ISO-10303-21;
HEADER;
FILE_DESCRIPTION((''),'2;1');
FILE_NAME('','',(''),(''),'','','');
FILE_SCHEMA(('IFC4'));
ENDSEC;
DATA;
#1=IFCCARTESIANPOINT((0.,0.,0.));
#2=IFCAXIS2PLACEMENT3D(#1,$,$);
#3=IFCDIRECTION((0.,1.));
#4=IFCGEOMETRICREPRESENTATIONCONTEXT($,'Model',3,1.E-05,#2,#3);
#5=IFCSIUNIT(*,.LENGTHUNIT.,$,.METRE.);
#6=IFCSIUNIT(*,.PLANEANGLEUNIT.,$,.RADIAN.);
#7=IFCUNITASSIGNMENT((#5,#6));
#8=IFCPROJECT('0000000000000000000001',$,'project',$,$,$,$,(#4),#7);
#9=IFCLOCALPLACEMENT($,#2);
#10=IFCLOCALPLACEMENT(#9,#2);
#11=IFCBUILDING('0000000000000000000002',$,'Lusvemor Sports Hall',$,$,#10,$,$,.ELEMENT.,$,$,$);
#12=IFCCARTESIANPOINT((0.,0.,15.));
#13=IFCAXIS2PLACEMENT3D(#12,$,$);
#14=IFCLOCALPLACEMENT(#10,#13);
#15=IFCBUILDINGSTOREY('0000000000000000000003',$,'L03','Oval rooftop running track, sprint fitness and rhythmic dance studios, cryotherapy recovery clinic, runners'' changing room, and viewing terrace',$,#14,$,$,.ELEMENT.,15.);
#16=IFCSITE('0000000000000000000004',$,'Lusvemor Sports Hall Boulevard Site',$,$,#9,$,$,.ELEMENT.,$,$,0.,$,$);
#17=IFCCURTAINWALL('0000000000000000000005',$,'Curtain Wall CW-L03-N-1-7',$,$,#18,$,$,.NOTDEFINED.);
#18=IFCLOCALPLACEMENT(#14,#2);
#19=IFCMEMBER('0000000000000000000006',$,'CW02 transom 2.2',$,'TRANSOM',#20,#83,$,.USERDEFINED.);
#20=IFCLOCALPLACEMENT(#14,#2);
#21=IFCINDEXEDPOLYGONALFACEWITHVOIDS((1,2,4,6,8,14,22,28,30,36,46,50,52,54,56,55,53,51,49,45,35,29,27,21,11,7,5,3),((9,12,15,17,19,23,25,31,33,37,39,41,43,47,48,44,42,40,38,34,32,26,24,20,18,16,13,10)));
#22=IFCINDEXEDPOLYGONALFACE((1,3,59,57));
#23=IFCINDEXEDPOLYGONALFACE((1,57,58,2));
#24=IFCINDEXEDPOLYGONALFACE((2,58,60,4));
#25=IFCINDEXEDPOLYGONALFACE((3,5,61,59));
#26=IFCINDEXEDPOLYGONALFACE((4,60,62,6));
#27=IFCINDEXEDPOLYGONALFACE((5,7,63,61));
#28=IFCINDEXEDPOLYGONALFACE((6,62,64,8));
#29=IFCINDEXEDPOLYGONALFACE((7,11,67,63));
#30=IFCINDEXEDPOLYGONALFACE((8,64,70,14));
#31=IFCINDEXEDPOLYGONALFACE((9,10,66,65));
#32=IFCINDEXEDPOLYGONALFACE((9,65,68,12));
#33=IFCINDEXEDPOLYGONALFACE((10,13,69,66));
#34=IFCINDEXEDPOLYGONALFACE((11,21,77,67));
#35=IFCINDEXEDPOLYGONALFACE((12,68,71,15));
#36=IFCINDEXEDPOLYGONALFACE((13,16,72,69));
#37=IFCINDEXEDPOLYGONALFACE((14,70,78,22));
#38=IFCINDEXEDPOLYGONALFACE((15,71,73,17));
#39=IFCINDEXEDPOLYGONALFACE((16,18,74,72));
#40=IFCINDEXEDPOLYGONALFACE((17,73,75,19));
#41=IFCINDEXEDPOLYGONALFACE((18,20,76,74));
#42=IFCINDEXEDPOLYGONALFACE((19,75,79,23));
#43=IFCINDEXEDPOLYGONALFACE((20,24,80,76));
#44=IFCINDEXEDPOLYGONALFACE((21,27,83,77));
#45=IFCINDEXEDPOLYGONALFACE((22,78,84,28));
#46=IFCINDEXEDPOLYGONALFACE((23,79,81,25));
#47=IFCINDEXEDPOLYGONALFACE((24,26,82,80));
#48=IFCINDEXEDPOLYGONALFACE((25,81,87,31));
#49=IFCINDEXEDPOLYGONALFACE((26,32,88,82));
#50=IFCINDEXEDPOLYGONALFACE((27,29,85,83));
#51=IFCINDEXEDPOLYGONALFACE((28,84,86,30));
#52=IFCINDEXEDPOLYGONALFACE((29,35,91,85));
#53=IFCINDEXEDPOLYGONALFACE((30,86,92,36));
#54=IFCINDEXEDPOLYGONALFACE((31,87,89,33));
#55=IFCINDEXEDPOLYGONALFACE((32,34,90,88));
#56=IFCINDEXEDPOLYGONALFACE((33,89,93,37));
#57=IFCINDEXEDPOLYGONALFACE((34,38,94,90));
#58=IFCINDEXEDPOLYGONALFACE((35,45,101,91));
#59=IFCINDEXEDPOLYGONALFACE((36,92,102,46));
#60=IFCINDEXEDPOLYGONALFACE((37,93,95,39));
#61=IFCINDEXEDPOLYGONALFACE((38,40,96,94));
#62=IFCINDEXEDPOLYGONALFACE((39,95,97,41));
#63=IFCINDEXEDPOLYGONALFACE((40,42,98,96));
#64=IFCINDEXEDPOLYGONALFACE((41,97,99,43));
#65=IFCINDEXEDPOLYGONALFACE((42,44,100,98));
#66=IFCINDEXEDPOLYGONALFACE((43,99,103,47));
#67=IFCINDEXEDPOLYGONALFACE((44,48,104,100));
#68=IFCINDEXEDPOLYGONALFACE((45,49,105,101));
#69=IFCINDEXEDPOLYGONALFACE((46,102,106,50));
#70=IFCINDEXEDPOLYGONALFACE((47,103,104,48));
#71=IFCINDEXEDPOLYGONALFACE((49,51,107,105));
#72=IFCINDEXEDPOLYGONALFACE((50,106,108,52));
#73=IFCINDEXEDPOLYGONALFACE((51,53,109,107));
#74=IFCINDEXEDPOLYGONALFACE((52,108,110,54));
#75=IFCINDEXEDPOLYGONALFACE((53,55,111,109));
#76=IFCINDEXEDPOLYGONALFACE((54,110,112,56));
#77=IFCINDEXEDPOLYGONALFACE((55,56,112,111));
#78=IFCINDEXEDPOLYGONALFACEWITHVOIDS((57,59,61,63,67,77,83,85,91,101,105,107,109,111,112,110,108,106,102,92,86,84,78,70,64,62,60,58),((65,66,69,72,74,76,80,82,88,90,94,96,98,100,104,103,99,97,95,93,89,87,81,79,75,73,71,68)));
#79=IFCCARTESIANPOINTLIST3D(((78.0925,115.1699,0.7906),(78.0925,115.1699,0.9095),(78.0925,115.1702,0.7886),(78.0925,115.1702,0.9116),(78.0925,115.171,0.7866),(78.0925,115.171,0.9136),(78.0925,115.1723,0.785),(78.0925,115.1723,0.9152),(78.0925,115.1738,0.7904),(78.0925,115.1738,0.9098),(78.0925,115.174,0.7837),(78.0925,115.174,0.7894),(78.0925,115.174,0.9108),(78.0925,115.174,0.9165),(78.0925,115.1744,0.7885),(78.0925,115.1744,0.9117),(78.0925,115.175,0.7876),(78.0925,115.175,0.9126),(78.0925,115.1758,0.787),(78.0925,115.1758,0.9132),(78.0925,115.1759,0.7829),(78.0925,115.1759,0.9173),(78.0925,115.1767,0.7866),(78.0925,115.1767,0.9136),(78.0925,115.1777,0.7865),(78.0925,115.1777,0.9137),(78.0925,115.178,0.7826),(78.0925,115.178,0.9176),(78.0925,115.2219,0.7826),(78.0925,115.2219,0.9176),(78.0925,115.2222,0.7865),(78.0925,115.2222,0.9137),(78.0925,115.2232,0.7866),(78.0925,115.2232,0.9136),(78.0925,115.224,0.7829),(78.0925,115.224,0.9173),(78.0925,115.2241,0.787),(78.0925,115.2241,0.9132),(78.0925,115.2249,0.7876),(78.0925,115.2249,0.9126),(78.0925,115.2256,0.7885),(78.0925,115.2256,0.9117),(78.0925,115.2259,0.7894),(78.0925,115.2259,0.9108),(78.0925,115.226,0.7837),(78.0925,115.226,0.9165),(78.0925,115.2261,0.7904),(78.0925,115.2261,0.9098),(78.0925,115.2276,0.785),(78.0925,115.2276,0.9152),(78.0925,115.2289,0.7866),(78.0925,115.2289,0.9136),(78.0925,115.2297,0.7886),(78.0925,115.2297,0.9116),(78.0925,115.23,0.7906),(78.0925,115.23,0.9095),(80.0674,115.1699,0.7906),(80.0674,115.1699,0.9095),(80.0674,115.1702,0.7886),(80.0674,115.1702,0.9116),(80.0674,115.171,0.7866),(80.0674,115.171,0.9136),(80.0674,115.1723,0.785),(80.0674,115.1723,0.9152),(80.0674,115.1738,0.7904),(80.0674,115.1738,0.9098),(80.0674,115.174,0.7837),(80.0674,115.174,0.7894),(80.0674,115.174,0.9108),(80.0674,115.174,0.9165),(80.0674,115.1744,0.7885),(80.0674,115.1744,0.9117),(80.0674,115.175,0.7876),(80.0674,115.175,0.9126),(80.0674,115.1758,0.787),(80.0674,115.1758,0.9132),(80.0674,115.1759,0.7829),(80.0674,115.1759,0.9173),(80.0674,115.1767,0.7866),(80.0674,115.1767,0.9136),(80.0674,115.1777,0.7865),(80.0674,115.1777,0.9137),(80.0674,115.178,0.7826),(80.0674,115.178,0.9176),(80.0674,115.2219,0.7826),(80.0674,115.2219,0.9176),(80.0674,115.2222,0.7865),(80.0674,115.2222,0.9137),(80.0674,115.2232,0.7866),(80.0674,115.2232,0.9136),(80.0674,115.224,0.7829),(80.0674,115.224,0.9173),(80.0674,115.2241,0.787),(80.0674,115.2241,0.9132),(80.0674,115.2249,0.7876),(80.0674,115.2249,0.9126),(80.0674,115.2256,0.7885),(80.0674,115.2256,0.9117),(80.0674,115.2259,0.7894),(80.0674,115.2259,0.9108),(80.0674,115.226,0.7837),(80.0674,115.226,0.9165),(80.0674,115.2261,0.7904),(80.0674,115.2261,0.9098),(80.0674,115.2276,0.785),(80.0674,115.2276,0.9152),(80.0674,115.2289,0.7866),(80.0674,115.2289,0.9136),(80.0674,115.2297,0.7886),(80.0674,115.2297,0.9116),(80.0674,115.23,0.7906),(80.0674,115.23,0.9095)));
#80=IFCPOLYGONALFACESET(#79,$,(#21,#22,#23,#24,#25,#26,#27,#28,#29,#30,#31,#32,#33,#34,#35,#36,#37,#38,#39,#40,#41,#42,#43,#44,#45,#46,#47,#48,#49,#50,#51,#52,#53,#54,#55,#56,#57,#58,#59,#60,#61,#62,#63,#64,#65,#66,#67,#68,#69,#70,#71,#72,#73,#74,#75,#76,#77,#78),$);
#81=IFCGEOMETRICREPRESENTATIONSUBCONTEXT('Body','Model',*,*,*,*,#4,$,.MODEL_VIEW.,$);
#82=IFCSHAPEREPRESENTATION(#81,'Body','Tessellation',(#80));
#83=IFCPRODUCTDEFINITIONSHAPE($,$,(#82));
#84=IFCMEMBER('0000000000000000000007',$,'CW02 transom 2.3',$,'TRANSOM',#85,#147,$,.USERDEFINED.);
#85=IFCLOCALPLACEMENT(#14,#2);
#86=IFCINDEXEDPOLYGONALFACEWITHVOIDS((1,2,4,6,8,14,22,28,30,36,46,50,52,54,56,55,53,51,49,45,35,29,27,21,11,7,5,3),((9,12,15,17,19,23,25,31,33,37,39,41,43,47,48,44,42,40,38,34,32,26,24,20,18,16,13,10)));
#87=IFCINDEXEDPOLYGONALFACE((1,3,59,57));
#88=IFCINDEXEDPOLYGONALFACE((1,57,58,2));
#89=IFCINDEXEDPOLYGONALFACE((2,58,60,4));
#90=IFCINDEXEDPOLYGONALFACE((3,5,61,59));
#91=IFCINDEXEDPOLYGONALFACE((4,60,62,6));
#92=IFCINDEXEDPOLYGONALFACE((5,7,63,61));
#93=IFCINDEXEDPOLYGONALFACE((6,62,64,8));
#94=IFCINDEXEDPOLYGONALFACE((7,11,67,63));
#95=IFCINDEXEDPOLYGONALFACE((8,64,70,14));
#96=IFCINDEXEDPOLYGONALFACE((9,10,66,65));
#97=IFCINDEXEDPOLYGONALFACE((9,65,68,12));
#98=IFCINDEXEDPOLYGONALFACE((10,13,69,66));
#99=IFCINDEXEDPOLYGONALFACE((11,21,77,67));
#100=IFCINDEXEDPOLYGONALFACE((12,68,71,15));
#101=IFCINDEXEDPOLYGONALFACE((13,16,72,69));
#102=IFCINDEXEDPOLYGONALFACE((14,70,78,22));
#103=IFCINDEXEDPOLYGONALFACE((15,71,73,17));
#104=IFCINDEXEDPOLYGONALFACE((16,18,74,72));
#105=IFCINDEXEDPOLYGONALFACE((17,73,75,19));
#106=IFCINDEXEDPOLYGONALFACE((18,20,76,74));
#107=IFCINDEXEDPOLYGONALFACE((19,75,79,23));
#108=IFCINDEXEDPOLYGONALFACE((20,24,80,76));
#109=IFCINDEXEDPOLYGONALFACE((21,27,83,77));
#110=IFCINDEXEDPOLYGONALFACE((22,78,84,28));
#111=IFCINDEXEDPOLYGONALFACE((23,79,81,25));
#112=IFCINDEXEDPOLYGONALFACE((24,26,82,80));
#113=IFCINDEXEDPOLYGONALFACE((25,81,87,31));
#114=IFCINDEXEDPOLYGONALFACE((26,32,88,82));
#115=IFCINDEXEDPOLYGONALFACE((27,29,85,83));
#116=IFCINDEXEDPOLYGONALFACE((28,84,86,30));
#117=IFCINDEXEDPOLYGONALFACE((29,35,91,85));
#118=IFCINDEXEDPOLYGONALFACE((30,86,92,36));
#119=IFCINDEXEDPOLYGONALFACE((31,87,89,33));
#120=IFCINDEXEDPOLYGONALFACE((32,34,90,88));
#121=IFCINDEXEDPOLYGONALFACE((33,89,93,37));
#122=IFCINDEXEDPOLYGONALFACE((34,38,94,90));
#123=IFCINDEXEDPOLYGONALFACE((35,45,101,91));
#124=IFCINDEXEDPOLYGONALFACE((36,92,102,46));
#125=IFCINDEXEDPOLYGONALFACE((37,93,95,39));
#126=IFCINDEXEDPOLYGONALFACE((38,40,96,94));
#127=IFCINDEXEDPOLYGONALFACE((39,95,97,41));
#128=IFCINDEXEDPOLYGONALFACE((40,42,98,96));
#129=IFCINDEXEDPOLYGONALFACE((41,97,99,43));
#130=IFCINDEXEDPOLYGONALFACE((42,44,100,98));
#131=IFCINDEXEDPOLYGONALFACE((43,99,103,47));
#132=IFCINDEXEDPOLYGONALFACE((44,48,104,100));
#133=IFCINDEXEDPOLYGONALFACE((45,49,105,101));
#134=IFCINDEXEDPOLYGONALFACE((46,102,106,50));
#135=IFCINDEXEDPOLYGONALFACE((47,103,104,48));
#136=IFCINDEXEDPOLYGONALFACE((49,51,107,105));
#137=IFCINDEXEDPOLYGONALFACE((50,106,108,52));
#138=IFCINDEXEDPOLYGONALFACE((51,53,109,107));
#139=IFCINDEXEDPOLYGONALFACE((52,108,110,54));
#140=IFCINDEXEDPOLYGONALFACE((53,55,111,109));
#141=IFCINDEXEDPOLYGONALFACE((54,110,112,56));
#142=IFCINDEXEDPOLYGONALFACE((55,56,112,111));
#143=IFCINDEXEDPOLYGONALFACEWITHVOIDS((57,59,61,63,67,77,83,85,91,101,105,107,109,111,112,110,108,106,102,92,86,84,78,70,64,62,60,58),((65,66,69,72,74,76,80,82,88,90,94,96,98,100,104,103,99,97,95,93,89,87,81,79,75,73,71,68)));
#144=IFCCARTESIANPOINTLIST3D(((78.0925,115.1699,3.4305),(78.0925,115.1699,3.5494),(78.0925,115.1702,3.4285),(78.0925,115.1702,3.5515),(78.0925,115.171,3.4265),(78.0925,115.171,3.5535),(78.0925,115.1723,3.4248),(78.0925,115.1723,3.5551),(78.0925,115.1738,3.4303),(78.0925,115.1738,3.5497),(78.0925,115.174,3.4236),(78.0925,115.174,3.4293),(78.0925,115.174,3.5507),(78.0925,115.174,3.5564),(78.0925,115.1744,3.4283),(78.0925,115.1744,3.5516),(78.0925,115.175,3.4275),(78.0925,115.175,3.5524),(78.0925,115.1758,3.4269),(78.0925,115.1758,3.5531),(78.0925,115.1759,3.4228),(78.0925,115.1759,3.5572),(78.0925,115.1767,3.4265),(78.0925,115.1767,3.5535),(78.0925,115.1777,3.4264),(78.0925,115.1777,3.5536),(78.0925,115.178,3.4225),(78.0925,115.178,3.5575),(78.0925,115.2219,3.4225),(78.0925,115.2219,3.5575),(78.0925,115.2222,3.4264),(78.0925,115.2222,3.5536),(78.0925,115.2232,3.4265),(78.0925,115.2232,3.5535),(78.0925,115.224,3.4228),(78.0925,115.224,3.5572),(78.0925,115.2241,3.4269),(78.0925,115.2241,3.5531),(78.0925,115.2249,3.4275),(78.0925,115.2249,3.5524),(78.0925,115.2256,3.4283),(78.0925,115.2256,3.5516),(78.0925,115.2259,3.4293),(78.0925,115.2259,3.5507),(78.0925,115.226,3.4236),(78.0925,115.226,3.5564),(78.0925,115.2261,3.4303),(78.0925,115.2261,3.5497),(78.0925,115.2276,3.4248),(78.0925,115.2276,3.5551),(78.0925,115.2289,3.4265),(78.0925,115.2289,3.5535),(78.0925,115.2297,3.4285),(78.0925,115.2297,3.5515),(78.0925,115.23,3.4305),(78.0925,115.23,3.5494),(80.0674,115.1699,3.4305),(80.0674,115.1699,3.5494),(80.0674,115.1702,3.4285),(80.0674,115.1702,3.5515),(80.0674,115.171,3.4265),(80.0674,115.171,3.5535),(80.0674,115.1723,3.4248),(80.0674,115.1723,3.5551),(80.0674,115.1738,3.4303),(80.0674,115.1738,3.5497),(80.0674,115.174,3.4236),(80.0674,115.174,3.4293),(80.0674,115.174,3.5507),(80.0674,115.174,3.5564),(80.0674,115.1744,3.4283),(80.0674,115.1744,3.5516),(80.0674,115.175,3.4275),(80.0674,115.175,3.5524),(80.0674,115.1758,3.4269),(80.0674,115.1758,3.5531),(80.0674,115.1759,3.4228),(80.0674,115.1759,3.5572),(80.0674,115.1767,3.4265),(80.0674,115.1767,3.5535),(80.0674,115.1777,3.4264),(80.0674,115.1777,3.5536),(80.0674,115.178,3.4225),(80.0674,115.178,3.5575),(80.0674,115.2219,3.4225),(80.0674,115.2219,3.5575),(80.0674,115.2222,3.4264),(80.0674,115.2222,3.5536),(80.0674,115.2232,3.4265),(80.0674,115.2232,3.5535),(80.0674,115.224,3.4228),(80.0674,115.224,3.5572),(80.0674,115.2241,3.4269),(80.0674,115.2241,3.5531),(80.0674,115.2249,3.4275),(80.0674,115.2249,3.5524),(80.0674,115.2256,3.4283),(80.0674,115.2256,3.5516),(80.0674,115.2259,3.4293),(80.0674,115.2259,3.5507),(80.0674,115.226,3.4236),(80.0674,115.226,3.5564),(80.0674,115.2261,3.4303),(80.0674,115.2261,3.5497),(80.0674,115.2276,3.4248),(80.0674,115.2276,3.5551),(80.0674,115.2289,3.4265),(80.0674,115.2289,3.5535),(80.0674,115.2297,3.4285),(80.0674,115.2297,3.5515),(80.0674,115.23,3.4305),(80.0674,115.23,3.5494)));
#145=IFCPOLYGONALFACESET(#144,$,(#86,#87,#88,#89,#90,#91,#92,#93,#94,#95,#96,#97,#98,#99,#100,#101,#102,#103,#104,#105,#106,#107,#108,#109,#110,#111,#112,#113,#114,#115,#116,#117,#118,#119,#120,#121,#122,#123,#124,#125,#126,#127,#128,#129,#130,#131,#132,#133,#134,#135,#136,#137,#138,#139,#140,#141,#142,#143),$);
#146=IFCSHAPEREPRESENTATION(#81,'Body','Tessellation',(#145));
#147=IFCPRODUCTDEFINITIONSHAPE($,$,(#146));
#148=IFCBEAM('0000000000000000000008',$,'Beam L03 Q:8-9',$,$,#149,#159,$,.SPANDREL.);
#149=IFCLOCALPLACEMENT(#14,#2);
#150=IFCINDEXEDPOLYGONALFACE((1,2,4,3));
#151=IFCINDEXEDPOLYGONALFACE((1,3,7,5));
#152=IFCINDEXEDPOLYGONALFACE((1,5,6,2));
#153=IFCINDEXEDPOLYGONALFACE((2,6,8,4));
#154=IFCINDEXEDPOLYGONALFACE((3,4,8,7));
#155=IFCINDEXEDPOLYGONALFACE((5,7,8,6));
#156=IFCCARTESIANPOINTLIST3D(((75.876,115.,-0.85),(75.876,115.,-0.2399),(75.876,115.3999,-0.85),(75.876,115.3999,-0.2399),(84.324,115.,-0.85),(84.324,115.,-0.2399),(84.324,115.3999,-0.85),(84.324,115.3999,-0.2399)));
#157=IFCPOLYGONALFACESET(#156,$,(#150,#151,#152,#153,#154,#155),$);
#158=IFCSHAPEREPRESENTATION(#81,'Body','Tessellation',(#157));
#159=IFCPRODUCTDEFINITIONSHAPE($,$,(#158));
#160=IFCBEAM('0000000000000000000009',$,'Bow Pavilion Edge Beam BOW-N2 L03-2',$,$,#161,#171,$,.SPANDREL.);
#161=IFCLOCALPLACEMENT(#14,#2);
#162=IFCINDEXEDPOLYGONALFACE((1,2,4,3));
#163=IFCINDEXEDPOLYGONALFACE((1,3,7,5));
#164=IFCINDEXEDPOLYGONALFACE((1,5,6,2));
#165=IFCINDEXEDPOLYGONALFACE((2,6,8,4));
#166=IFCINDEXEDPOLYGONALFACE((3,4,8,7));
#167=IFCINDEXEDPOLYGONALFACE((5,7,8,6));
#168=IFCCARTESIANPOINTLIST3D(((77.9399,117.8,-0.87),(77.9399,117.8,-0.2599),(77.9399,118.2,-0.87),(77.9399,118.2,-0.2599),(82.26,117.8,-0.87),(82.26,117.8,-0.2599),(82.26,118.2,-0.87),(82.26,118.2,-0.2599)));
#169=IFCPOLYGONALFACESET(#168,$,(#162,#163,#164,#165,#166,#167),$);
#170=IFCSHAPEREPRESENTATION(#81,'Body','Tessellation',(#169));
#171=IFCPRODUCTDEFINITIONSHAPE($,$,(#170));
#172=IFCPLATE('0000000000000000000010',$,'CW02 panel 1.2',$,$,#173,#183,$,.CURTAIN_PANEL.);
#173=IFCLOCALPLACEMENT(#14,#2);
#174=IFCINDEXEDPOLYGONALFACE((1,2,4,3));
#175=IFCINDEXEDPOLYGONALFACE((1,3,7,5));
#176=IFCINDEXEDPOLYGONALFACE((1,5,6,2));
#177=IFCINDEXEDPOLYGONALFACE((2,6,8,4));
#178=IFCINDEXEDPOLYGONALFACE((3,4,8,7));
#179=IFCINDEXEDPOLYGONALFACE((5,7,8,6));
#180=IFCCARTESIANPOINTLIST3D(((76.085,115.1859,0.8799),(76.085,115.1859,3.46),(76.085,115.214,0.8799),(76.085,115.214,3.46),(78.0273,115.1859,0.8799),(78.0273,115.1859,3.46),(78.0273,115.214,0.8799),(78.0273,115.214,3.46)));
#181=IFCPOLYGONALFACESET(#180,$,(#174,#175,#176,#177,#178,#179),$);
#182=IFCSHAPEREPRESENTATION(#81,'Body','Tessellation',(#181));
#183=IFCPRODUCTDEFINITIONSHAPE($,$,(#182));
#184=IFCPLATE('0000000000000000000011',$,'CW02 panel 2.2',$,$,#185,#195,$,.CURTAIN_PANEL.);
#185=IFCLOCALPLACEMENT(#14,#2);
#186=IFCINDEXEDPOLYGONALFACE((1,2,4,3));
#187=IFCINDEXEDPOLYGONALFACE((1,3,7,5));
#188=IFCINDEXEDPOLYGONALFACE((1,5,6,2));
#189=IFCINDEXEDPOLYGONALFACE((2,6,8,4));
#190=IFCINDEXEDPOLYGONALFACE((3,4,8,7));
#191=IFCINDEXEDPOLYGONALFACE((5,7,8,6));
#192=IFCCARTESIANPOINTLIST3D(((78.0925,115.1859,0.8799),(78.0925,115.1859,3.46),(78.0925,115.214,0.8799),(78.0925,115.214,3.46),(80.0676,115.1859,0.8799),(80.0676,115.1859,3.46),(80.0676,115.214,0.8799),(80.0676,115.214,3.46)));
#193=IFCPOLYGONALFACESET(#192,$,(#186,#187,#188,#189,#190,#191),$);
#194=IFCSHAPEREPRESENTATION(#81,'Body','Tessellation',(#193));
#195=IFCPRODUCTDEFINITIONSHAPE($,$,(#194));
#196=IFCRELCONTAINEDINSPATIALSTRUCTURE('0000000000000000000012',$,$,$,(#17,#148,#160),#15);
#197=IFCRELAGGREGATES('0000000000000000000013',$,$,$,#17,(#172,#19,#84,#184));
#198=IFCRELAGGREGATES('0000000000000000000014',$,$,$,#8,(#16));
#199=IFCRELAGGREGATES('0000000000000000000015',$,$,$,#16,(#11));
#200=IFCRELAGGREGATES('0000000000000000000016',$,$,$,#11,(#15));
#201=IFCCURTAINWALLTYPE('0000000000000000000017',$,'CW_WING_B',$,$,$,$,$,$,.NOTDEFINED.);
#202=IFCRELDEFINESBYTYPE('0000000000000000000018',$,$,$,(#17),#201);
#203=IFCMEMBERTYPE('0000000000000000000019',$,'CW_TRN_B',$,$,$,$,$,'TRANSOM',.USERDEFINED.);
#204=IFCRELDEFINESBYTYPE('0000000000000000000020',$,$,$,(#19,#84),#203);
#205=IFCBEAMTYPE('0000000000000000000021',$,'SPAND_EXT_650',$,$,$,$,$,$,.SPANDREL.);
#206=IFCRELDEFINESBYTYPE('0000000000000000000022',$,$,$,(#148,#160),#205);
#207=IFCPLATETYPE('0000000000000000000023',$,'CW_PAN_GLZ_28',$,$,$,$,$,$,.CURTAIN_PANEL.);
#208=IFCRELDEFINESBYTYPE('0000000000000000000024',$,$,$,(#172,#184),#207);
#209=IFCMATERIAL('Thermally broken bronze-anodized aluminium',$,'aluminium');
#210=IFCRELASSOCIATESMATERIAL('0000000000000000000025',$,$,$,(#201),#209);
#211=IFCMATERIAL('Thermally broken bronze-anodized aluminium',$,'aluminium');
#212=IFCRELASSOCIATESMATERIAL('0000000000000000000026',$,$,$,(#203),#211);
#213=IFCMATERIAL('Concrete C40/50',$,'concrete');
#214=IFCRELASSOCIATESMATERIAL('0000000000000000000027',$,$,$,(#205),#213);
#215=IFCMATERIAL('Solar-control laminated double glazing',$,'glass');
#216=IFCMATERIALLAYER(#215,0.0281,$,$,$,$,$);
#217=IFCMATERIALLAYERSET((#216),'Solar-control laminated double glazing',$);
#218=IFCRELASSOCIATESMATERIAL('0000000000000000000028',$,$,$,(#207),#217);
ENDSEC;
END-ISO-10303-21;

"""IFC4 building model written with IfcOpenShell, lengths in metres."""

from ifc_helpers import new_model, si_unit, direction, frame, origin, origin_2d, place, context, subcontext, project, spatial, rectangle, hollow_rectangle, extrude, material, layer, layer_set, material_profile, profile_set, type_object, element, aggregate, save


model = new_model("IFC4")

# Units and contexts
model_context = context("Model", 3, precision=1e-05, world=origin(), true_north=direction((0.0, 1.0)))
body_context = subcontext(model_context, "Body", "Model", "MODEL_VIEW")
ifc_project = project(units=[si_unit("LENGTHUNIT", "METRE"), si_unit("PLANEANGLEUNIT", "RADIAN")], contexts=[model_context])

# Site, building, storey
site_placement = place(None, origin())
site = spatial("IfcSite", under=ifc_project, at=site_placement, Name="Lusvemor Sports Hall Boulevard Site", CompositionType="ELEMENT", RefElevation=0.0)
building_placement = place(site_placement, origin())
building = spatial("IfcBuilding", under=site, at=building_placement, Name="Lusvemor Sports Hall", CompositionType="ELEMENT")
storey_placement = place(building_placement, frame((0.0, 0.0, 15.0)))
storey = spatial("IfcBuildingStorey", under=building, at=storey_placement, Name="L03", Description="Oval rooftop running track, sprint fitness and rhythmic dance studios, cryotherapy recovery clinic, runners' changing room, and viewing terrace", CompositionType="ELEMENT", Elevation=15.0)

# Curtain wall
ifc_material_1 = material(Name="Thermally broken bronze-anodized aluminium", Category="aluminium")
curtain_wall_type_1 = type_object("IfcCurtainWallType", Name="CW_WING_B", PredefinedType="NOTDEFINED", material=ifc_material_1)
curtain_wall_1_placement = place(storey_placement, origin())
curtain_wall_1 = element("IfcCurtainWall", 1, at=curtain_wall_1_placement, inside=storey, type_object=curtain_wall_type_1, Name="Curtain Wall CW-L03-N-1-7", PredefinedType="NOTDEFINED")

# Members
ifc_material_2 = material(Name="Thermally broken bronze-anodized aluminium", Category="aluminium")
ifc_material_profile_1 = material_profile(ifc_material_2, hollow_rectangle(XDim=0.0601, YDim=0.135, WallThickness=0.0039, InnerFilletRadius=0.0039, OuterFilletRadius=0.0081, at=origin_2d()), Name="CWTRN135x60x4")
ifc_profile_set_1 = profile_set([ifc_material_profile_1], Name="Thermally broken bronze-anodized aluminium")
member_type_1 = type_object("IfcMemberType", Name="CW_TRN_B", ElementType="TRANSOM", PredefinedType="USERDEFINED", material=ifc_profile_set_1)
member_1_placement = place(storey_placement, frame((78.0925, 115.2, 0.8501), z_axis=(1.0, 0.0, 0.0), x_axis=(0.0, 1.0, 0.0)))
member_1 = element("IfcMember", 2, at=member_1_placement, type_object=member_type_1, Name="CW02 transom 2.2", ObjectType="TRANSOM", PredefinedType="USERDEFINED", context=body_context, shape_type="SweptSolid", body=[
    extrude(hollow_rectangle(XDim=0.0601, YDim=0.135, WallThickness=0.0039, InnerFilletRadius=0.0039, OuterFilletRadius=0.0081, at=origin_2d()), origin(), (0.0, 0.0, 1.0), 1.9749),
])
member_2_placement = place(storey_placement, frame((78.0925, 115.2, 3.49), z_axis=(1.0, 0.0, 0.0), x_axis=(0.0, 1.0, 0.0)))
member_2 = element("IfcMember", 3, at=member_2_placement, type_object=member_type_1, Name="CW02 transom 2.3", ObjectType="TRANSOM", PredefinedType="USERDEFINED", context=body_context, shape_type="SweptSolid", body=[
    extrude(hollow_rectangle(XDim=0.0601, YDim=0.135, WallThickness=0.0039, InnerFilletRadius=0.0039, OuterFilletRadius=0.0081, at=origin_2d()), origin(), (0.0, 0.0, 1.0), 1.9749),
])

# Beams
ifc_material_3 = material(Name="Concrete C40/50", Category="concrete")
ifc_material_profile_2 = material_profile(ifc_material_3, rectangle(XDim=0.3999, YDim=0.6101, at=origin_2d()), Name="RC400x610")
ifc_profile_set_2 = profile_set([ifc_material_profile_2], Name="Concrete C40/50")
beam_type = type_object("IfcBeamType", Name="SPAND_EXT_650", PredefinedType="SPANDREL", material=ifc_profile_set_2)
beam_1_placement = place(storey_placement, frame((75.876, 115.2, -0.5449), z_axis=(1.0, 0.0, 0.0), x_axis=(0.0, 1.0, 0.0)))
element("IfcBeam", 4, at=beam_1_placement, inside=storey, type_object=beam_type, Name="Beam L03 Q:8-9", PredefinedType="SPANDREL", context=body_context, shape_type="SweptSolid", body=[
    extrude(rectangle(XDim=0.3999, YDim=0.6101, at=origin_2d()), origin(), (0.0, 0.0, 1.0), 8.448),
])
beam_2_placement = place(storey_placement, frame((77.9399, 118.0, -0.5649), z_axis=(1.0, 0.0, 0.0), x_axis=(0.0, 1.0, 0.0)))
element("IfcBeam", 5, at=beam_2_placement, inside=storey, type_object=beam_type, Name="Bow Pavilion Edge Beam BOW-N2 L03-2", PredefinedType="SPANDREL", context=body_context, shape_type="SweptSolid", body=[
    extrude(rectangle(XDim=0.3999, YDim=0.6101, at=origin_2d()), origin(), (0.0, 0.0, 1.0), 4.3201),
])

# Plates
ifc_material_4 = material(Name="Solar-control laminated double glazing", Category="glass")
ifc_layer_1 = layer(ifc_material_4, 0.0281)
ifc_layer_set_1 = layer_set([ifc_layer_1], Name="Solar-control laminated double glazing")
plate_type_1 = type_object("IfcPlateType", Name="CW_PAN_GLZ_28", PredefinedType="CURTAIN_PANEL", material=ifc_layer_set_1)
plate_1_placement = place(storey_placement, frame((77.0562, 115.2, 0.8799), z_axis=(0.0, 0.0, 1.0), x_axis=(1.0, 0.0, 0.0)))
plate_1 = element("IfcPlate", 6, at=plate_1_placement, type_object=plate_type_1, Name="CW02 panel 1.2", PredefinedType="CURTAIN_PANEL", context=body_context, shape_type="SweptSolid", body=[
    extrude(rectangle(XDim=1.9424, YDim=0.0281, at=origin_2d()), origin(), (0.0, 0.0, 1.0), 2.5801),
])
plate_2_placement = place(storey_placement, frame((79.0801, 115.2, 0.8799), z_axis=(0.0, 0.0, 1.0), x_axis=(1.0, 0.0, 0.0)))
plate_2 = element("IfcPlate", 7, at=plate_2_placement, type_object=plate_type_1, Name="CW02 panel 2.2", PredefinedType="CURTAIN_PANEL", context=body_context, shape_type="SweptSolid", body=[
    extrude(rectangle(XDim=1.9751, YDim=0.0281, at=origin_2d()), origin(), (0.0, 0.0, 1.0), 2.5801),
])
aggregate(curtain_wall_1, [plate_1, member_1, member_2, plate_2])

save(model, "model.ifc")
